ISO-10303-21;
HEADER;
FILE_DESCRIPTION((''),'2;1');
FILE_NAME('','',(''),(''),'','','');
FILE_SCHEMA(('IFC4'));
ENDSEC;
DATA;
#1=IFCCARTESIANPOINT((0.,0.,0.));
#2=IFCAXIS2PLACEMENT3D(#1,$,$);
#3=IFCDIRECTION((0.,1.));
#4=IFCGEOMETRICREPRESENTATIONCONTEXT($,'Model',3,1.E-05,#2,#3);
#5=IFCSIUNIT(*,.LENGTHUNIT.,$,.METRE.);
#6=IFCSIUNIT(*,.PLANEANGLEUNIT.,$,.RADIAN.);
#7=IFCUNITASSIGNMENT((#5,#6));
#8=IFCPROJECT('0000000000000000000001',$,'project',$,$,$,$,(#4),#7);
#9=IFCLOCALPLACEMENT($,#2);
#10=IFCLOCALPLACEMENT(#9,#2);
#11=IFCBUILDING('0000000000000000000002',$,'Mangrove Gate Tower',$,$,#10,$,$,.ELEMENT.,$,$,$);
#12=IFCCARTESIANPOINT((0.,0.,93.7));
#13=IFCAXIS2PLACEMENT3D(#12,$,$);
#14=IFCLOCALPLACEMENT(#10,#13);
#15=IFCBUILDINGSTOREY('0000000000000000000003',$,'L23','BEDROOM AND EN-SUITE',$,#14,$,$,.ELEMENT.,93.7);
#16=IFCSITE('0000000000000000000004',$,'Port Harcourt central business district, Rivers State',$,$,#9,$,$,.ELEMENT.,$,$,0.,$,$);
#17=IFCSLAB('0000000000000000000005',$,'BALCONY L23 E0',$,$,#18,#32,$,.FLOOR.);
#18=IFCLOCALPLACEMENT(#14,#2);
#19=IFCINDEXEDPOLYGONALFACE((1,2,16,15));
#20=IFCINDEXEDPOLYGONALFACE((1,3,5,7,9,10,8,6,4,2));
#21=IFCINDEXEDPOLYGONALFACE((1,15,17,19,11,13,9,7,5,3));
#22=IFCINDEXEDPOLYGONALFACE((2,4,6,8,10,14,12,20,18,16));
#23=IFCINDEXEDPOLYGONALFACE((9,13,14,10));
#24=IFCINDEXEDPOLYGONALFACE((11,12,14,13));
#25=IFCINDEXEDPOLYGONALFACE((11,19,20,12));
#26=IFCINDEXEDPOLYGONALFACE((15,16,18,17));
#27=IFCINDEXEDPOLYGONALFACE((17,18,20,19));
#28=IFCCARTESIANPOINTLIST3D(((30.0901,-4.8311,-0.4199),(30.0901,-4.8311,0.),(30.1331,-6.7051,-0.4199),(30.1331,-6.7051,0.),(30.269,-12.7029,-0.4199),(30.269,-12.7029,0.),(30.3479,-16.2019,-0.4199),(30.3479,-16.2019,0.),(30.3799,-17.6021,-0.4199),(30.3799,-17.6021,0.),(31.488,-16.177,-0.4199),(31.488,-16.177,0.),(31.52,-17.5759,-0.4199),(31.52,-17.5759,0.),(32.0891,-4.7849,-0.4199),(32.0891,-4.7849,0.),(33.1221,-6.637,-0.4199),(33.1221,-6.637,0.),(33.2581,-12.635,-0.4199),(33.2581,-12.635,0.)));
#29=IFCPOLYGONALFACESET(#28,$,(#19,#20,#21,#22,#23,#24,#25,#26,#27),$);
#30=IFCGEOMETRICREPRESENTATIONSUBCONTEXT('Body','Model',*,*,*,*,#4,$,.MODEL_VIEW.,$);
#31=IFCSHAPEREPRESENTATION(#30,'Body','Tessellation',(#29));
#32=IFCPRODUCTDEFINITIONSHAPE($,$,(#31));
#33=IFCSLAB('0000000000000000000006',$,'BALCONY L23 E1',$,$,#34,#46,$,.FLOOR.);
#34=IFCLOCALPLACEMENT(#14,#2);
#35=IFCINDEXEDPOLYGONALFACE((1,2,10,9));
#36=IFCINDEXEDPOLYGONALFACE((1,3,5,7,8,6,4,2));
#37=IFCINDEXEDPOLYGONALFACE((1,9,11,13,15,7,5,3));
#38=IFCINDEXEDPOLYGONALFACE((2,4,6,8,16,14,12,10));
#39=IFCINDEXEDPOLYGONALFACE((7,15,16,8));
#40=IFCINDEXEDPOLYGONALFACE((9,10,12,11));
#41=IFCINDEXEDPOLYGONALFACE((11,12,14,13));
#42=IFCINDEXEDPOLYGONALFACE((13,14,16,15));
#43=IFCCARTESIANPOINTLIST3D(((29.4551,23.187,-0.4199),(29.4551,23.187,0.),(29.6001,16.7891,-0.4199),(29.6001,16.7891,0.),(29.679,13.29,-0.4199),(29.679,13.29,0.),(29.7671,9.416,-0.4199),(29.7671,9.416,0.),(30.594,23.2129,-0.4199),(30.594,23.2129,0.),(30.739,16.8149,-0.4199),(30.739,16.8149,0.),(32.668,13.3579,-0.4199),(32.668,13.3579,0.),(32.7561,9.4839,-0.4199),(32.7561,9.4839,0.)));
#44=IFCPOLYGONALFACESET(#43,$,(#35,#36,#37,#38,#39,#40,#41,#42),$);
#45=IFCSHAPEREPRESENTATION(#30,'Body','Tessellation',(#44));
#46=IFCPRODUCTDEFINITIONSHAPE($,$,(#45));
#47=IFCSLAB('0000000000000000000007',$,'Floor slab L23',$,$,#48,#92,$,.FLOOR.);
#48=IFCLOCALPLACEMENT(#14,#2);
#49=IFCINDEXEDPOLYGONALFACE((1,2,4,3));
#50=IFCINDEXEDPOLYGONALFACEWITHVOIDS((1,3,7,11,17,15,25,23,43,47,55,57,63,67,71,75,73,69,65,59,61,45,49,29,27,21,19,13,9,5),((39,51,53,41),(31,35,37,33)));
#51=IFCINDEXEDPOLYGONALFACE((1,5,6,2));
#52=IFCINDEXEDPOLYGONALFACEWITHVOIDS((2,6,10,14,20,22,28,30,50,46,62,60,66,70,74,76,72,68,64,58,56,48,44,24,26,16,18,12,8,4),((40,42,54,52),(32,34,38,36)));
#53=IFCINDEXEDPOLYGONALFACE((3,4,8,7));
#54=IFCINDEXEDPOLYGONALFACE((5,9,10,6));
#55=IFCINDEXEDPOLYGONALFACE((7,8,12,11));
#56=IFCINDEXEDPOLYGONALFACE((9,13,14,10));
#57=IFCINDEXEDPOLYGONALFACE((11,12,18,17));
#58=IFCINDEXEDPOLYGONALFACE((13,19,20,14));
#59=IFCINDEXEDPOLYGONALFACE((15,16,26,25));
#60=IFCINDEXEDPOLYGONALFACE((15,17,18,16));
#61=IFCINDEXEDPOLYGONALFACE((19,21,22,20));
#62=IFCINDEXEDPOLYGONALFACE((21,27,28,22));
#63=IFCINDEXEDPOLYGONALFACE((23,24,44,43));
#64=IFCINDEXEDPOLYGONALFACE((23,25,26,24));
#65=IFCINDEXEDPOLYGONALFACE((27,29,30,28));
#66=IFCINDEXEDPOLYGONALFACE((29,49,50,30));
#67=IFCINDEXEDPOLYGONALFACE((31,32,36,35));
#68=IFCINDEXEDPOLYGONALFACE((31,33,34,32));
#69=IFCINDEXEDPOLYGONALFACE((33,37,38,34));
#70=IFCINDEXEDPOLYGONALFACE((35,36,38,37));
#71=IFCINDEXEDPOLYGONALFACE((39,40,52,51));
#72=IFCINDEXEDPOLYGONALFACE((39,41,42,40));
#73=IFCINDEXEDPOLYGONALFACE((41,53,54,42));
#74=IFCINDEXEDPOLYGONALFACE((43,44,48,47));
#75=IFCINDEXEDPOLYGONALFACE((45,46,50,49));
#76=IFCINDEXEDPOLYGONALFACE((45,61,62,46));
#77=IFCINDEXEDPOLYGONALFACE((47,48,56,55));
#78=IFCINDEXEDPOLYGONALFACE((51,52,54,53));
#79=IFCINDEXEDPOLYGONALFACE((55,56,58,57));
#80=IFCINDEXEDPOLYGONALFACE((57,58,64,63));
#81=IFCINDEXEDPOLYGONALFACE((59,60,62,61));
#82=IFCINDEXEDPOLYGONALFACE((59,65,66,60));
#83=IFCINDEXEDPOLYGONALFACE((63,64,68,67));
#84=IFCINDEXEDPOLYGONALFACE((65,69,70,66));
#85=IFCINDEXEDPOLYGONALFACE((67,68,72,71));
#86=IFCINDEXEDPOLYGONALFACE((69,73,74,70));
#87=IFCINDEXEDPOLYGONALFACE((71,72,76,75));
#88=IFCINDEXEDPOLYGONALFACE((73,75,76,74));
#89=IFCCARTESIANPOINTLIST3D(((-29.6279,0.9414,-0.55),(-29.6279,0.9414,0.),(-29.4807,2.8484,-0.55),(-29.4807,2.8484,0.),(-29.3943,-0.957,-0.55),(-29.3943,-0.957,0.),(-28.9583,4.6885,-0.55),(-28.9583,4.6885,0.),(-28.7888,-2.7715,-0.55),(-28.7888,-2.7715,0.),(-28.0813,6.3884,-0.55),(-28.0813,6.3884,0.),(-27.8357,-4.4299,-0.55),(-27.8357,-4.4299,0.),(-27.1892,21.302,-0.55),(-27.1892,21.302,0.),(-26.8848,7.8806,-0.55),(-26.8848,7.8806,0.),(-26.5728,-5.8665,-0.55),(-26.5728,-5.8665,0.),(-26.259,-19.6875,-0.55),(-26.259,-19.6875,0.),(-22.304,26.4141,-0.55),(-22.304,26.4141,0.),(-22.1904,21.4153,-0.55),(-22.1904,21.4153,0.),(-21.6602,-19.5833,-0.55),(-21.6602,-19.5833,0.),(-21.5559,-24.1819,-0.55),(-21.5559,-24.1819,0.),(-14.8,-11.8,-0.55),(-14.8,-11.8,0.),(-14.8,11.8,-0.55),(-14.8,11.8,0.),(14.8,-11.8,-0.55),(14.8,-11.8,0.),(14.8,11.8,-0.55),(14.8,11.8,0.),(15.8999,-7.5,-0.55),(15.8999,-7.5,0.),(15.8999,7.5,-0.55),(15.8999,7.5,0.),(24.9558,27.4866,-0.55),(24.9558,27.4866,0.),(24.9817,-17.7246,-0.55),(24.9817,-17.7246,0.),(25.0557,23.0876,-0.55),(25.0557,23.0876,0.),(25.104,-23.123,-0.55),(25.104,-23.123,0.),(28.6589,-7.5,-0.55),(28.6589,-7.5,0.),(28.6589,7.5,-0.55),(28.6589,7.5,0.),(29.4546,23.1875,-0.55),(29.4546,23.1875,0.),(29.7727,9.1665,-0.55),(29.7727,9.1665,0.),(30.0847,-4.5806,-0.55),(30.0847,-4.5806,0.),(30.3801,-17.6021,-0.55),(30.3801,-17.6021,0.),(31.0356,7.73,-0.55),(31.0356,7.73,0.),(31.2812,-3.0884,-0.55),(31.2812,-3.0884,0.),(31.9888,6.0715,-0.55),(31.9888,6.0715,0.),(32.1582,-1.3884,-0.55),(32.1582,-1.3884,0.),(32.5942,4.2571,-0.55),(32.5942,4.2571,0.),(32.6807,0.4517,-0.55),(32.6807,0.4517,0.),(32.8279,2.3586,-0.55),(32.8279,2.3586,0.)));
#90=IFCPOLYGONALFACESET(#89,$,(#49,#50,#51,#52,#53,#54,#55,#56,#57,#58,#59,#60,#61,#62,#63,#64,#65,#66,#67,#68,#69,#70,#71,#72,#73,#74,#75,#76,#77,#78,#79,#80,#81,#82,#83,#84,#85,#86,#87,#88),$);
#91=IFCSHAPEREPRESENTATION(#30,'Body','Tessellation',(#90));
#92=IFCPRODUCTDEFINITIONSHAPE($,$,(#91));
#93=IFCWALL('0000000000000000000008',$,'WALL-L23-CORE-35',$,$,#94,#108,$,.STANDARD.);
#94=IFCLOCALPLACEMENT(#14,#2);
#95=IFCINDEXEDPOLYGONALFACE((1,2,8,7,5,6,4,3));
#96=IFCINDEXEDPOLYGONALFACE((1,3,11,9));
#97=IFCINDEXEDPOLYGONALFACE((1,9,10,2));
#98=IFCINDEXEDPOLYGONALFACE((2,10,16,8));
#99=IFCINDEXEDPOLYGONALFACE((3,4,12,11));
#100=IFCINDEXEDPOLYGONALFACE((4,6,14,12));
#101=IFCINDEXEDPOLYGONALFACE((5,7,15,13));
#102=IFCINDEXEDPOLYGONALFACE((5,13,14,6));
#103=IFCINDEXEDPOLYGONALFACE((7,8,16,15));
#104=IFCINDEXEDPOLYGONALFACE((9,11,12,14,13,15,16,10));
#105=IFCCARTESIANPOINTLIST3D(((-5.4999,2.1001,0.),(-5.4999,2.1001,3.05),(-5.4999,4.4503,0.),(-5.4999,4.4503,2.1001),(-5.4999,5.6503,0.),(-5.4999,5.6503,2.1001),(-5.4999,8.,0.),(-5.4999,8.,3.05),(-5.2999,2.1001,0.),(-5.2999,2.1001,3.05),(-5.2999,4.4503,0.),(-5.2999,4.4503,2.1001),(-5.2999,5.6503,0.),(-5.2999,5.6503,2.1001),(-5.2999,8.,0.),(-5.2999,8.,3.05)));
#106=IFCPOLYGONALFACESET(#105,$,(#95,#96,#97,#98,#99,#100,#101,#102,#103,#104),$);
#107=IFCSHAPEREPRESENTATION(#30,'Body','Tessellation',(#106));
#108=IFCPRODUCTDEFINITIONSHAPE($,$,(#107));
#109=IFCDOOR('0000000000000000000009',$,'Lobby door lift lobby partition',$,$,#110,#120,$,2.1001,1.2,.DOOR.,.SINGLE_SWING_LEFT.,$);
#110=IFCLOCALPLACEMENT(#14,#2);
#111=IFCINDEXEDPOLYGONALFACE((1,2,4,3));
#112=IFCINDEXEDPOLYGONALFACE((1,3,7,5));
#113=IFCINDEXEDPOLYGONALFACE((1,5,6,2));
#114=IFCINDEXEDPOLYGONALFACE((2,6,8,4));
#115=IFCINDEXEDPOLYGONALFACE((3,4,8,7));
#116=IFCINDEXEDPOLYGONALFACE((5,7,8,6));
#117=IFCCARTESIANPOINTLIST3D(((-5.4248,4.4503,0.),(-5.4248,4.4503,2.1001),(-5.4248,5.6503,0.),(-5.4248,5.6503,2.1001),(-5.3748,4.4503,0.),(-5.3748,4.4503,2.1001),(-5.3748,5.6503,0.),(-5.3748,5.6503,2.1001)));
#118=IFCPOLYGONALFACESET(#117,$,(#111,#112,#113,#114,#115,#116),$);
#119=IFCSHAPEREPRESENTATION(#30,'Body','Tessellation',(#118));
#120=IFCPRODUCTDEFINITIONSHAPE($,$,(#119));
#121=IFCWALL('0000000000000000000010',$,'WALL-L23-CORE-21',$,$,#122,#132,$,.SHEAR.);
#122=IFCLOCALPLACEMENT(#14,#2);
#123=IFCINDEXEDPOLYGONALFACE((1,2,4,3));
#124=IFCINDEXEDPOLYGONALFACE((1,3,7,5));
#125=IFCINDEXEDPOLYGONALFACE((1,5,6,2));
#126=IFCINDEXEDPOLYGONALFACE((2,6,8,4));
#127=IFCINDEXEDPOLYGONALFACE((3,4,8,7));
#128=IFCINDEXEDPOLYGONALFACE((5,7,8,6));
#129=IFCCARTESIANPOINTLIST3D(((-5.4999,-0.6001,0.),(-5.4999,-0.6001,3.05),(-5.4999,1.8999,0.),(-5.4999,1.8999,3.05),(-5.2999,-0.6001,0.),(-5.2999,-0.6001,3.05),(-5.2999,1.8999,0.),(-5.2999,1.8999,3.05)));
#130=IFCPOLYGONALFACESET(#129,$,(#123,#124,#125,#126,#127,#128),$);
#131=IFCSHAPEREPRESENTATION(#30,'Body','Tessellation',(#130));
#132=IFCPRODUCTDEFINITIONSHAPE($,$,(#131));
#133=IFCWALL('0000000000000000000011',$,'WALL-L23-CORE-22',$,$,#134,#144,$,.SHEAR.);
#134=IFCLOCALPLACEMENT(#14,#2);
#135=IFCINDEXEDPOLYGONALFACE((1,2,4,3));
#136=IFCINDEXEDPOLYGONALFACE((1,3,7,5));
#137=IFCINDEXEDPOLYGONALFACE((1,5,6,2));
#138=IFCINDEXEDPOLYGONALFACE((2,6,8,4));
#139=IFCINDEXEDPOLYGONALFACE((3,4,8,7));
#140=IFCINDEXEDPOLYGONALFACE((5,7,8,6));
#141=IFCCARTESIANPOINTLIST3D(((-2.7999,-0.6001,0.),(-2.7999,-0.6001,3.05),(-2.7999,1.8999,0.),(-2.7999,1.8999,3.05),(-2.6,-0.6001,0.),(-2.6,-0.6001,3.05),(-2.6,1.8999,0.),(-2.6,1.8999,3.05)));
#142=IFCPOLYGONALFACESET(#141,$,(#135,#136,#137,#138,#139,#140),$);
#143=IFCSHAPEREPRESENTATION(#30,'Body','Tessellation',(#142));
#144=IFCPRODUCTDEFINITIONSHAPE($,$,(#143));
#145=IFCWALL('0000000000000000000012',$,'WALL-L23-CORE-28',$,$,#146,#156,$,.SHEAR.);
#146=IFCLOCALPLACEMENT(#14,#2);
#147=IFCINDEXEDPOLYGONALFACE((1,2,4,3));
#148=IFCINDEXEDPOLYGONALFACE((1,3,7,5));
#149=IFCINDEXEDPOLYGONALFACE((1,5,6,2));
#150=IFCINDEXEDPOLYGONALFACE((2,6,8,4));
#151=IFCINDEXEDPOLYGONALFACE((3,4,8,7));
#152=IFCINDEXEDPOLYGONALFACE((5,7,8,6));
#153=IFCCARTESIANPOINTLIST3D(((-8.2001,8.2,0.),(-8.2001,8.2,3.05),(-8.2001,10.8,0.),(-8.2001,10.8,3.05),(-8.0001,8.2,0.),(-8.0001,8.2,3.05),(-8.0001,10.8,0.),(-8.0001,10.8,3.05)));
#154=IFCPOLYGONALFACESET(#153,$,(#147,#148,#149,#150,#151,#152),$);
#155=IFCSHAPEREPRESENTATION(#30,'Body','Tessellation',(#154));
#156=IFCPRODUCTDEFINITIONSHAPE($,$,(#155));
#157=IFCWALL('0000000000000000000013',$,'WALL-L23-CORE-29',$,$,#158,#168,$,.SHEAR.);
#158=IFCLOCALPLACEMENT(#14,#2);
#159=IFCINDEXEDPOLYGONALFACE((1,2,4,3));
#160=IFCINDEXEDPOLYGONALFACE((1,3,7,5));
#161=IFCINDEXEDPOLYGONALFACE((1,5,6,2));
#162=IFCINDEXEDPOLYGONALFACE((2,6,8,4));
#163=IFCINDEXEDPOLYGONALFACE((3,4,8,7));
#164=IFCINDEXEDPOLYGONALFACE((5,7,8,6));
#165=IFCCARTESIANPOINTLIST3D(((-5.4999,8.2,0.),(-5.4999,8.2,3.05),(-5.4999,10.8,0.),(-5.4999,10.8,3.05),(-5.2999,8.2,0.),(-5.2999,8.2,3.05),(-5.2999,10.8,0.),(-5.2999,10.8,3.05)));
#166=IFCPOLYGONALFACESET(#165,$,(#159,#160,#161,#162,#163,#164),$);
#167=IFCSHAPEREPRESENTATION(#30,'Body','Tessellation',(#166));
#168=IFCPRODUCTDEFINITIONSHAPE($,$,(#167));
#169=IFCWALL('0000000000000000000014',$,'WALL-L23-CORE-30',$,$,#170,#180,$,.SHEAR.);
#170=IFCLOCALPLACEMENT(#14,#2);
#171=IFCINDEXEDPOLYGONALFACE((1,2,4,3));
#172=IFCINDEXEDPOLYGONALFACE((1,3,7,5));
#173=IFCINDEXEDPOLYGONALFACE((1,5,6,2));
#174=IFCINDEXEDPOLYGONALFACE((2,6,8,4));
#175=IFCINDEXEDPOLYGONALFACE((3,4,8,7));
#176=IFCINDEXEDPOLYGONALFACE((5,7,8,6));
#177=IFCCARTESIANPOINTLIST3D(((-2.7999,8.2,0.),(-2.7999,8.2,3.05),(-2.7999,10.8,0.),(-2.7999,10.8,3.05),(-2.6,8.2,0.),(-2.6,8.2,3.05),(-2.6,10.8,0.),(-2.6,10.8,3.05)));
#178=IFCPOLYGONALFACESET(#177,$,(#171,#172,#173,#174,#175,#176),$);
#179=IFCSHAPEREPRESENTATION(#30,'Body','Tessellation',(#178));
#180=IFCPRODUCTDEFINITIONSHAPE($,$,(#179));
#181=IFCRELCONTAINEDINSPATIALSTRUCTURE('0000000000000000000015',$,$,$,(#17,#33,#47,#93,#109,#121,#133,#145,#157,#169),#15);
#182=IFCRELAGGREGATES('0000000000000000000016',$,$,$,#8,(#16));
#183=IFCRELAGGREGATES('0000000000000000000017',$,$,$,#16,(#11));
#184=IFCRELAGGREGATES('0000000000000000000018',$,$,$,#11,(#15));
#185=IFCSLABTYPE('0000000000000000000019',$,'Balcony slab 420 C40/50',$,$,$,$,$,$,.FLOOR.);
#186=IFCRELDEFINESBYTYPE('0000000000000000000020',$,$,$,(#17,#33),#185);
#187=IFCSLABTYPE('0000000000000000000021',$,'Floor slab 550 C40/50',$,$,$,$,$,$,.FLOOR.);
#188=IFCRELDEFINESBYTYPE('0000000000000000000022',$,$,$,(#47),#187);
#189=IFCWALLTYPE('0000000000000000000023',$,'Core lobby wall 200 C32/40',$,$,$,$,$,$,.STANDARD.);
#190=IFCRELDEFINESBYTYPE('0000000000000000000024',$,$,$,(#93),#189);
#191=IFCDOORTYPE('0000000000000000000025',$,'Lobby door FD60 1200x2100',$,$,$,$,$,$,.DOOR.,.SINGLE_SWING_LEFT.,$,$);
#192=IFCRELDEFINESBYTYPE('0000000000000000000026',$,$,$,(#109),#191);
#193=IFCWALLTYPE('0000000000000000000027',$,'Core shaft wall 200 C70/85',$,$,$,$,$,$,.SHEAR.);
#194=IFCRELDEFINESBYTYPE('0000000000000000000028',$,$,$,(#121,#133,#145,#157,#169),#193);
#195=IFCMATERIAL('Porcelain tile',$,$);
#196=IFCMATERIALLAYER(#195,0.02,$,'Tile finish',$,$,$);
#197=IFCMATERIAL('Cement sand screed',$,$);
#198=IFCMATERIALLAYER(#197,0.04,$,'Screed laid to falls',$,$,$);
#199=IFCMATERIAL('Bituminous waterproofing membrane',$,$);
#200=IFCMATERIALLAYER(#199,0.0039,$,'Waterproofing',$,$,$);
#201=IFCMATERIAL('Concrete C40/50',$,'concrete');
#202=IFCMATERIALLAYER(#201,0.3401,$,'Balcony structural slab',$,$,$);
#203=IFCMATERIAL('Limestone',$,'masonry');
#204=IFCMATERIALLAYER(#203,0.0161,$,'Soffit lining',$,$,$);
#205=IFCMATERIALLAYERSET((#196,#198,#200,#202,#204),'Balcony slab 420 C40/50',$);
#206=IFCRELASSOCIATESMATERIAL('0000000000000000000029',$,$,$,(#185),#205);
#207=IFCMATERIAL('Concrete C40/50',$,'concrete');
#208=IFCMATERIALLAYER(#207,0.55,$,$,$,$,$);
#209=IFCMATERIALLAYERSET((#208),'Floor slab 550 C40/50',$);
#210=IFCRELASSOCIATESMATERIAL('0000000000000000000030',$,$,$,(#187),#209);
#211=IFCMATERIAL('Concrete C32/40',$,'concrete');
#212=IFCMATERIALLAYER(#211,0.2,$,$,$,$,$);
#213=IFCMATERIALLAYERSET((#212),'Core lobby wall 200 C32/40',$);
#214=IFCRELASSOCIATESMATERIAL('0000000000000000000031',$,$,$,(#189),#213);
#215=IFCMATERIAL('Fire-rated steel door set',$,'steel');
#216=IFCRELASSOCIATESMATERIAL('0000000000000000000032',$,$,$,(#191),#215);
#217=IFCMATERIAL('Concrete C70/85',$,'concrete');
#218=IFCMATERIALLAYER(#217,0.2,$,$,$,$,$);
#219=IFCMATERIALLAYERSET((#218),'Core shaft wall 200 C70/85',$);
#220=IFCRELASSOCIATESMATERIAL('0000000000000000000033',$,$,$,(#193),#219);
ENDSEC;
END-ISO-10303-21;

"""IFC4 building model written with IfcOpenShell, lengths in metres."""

from ifc_helpers import new_model, si_unit, direction, frame, frame_2d, origin, place, context, subcontext, project, spatial, polyline, rectangle, outline, extrude, material, layer, layer_set, type_object, element, fill, save


model = new_model("IFC4")

# Units and contexts
model_context = context("Model", 3, precision=1e-05, world=origin(), true_north=direction((0.0, 1.0)))
body_context = subcontext(model_context, "Body", "Model", "MODEL_VIEW")
ifc_project = project(units=[si_unit("LENGTHUNIT", "METRE"), si_unit("PLANEANGLEUNIT", "RADIAN")], contexts=[model_context])

# Site, building, storey
site_placement = place(None, origin())
site = spatial("IfcSite", under=ifc_project, at=site_placement, Name="Port Harcourt central business district, Rivers State", CompositionType="ELEMENT", RefElevation=0.0)
building_placement = place(site_placement, origin())
building = spatial("IfcBuilding", under=site, at=building_placement, Name="Mangrove Gate Tower", CompositionType="ELEMENT")
storey_placement = place(building_placement, frame((0.0, 0.0, 93.7)))
storey = spatial("IfcBuildingStorey", under=building, at=storey_placement, Name="L23", Description="BEDROOM AND EN-SUITE", CompositionType="ELEMENT", Elevation=93.7)

# Slabs
ifc_material_1 = material(Name="Porcelain tile")
ifc_layer_1 = layer(ifc_material_1, 0.02, Name="Tile finish")
ifc_material_2 = material(Name="Cement sand screed")
ifc_layer_2 = layer(ifc_material_2, 0.04, Name="Screed laid to falls")
ifc_material_3 = material(Name="Bituminous waterproofing membrane")
ifc_layer_3 = layer(ifc_material_3, 0.0039, Name="Waterproofing")
ifc_material_4 = material(Name="Concrete C40/50", Category="concrete")
ifc_layer_4 = layer(ifc_material_4, 0.3401, Name="Balcony structural slab")
ifc_material_5 = material(Name="Limestone", Category="masonry")
ifc_layer_5 = layer(ifc_material_5, 0.0161, Name="Soffit lining")
ifc_layer_set_1 = layer_set([ifc_layer_1, ifc_layer_2, ifc_layer_3, ifc_layer_4, ifc_layer_5], Name="Balcony slab 420 C40/50")
slab_type_1 = type_object("IfcSlabType", Name="Balcony slab 420 C40/50", PredefinedType="FLOOR", material=ifc_layer_set_1)
slab_1_placement = place(storey_placement, frame((0.0, 0.0, -0.4199)))
element("IfcSlab", 1, at=slab_1_placement, inside=storey, type_object=slab_type_1, Name="BALCONY L23 E0", PredefinedType="FLOOR", context=body_context, shape_type="SweptSolid", body=[
    extrude(outline(polyline([(31.52, -17.5759), (31.488, -16.177), (33.2581, -12.635), (33.1221, -6.637), (32.0891, -4.7849), (30.0901, -4.8311), (30.1331, -6.7051), (30.269, -12.7029), (30.3479, -16.2019), (30.3799, -17.6021), (31.52, -17.5759)])), origin(), (0.0, 0.0, 1.0), 0.4199),
])
slab_2_placement = place(storey_placement, frame((0.0, 0.0, -0.4199)))
element("IfcSlab", 2, at=slab_2_placement, inside=storey, type_object=slab_type_1, Name="BALCONY L23 E1", PredefinedType="FLOOR", context=body_context, shape_type="SweptSolid", body=[
    extrude(outline(polyline([(32.7561, 9.4839), (32.668, 13.3579), (30.739, 16.8149), (30.594, 23.2129), (29.4551, 23.187), (29.6001, 16.7891), (29.679, 13.29), (29.7671, 9.416), (32.7561, 9.4839)])), origin(), (0.0, 0.0, 1.0), 0.4199),
])
ifc_material_6 = material(Name="Concrete C40/50", Category="concrete")
ifc_layer_6 = layer(ifc_material_6, 0.55)
ifc_layer_set_2 = layer_set([ifc_layer_6], Name="Floor slab 550 C40/50")
slab_type_2 = type_object("IfcSlabType", Name="Floor slab 550 C40/50", PredefinedType="FLOOR", material=ifc_layer_set_2)
slab_3_placement = place(storey_placement, frame((0.0, 0.0, -0.55)))
element("IfcSlab", 3, at=slab_3_placement, inside=storey, type_object=slab_type_2, Name="Floor slab L23", PredefinedType="FLOOR", context=body_context, shape_type="SweptSolid", body=[
    extrude(outline(polyline([(-21.5559, -24.1819), (25.104, -23.123), (24.9817, -17.7246), (30.3801, -17.6021), (30.0847, -4.5806), (31.2812, -3.0884), (32.1582, -1.3884), (32.6807, 0.4517), (32.8279, 2.3586), (32.5942, 4.2571), (31.9888, 6.0715), (31.0356, 7.73), (29.7727, 9.1665), (29.4546, 23.1875), (25.0557, 23.0876), (24.9558, 27.4866), (-22.304, 26.4141), (-22.1904, 21.4153), (-27.1892, 21.302), (-26.8848, 7.8806), (-28.0813, 6.3884), (-28.9583, 4.6885), (-29.4807, 2.8484), (-29.6279, 0.9414), (-29.3943, -0.957), (-28.7888, -2.7715), (-27.8357, -4.4299), (-26.5728, -5.8665), (-26.259, -19.6875), (-21.6602, -19.5833), (-21.5559, -24.1819)]), holes=[polyline([(15.8999, 7.5), (28.6589, 7.5), (28.6589, -7.5), (15.8999, -7.5), (15.8999, 7.5)]), polyline([(-14.8, -11.8), (-14.8, 11.8), (14.8, 11.8), (14.8, -11.8), (-14.8, -11.8)])]), origin(), (0.0, 0.0, 1.0), 0.55),
])

# Wall, opening, door
ifc_material_7 = material(Name="Concrete C32/40", Category="concrete")
ifc_layer_7 = layer(ifc_material_7, 0.2)
ifc_layer_set_3 = layer_set([ifc_layer_7], Name="Core lobby wall 200 C32/40")
wall_type_1 = type_object("IfcWallType", Name="Core lobby wall 200 C32/40", PredefinedType="STANDARD", material=ifc_layer_set_3)
wall_placement = place(storey_placement, frame((-5.3999, 2.1001, 0.0), z_axis=(0.0, 0.0, 1.0), x_axis=(0.0, 1.0, 0.0)))
wall = element("IfcWall", 4, at=wall_placement, inside=storey, type_object=wall_type_1, Name="WALL-L23-CORE-35", PredefinedType="STANDARD", context=body_context, shape_type="SweptSolid", body=[
    extrude(rectangle(XDim=5.8999, YDim=0.2, at=frame_2d((2.95, 0.0))), origin(), (0.0, 0.0, 1.0), 3.05),
])
opening_placement = place(wall_placement, frame((2.3501, 0.0, 0.0)))
opening = element("IfcOpeningElement", 5, at=opening_placement, cuts=wall, PredefinedType="OPENING", context=body_context, shape_type="SweptSolid", body=[
    extrude(rectangle(XDim=1.2, YDim=2.1001, at=frame_2d((0.6001, 1.05))), frame((0.0, 0.1099, 0.0), z_axis=(0.0, -1.0, 0.0), x_axis=(1.0, 0.0, 0.0)), (0.0, 0.0, 1.0), 0.22),
])
ifc_material_8 = material(Name="Fire-rated steel door set", Category="steel")
door_type = type_object("IfcDoorType", Name="Lobby door FD60 1200x2100", OperationType="SINGLE_SWING_LEFT", PredefinedType="DOOR", material=ifc_material_8)
door_placement = place(opening_placement, origin())
door = element("IfcDoor", 6, at=door_placement, inside=storey, type_object=door_type, Name="Lobby door lift lobby partition", OperationType="SINGLE_SWING_LEFT", OverallHeight=2.1001, OverallWidth=1.2, PredefinedType="DOOR", context=body_context, shape_type="SweptSolid", body=[
    extrude(rectangle(XDim=1.2, YDim=2.1001, at=frame_2d((0.6001, 1.05))), frame((0.0, 0.0249, 0.0), z_axis=(0.0, -1.0, 0.0), x_axis=(1.0, 0.0, 0.0)), (0.0, 0.0, 1.0), 0.05),
])
fill(opening, door)

# Walls
ifc_material_9 = material(Name="Concrete C70/85", Category="concrete")
ifc_layer_8 = layer(ifc_material_9, 0.2)
ifc_layer_set_4 = layer_set([ifc_layer_8], Name="Core shaft wall 200 C70/85")
wall_type_2 = type_object("IfcWallType", Name="Core shaft wall 200 C70/85", PredefinedType="SHEAR", material=ifc_layer_set_4)
for number, where, z_axis, x_axis, name in (
    (7, (-5.3999, -0.6001, 0.0), (0.0, 0.0, 1.0), (0.0, 1.0, 0.0), "WALL-L23-CORE-21"),
    (8, (-2.7, -0.6001, 0.0), (0.0, 0.0, 1.0), (0.0, 1.0, 0.0), "WALL-L23-CORE-22"),
):
    element("IfcWall", number, at=place(storey_placement, frame(where, z_axis=z_axis, x_axis=x_axis)), inside=storey, type_object=wall_type_2, Name=name, PredefinedType="SHEAR", context=body_context, shape_type="SweptSolid", body=[
        extrude(rectangle(XDim=2.5, YDim=0.2, at=frame_2d((1.25, 0.0))), origin(), (0.0, 0.0, 1.0), 3.05),
    ])
for number, where, z_axis, x_axis, name in (
    (9, (-8.1001, 8.2, 0.0), (0.0, 0.0, 1.0), (0.0, 1.0, 0.0), "WALL-L23-CORE-28"),
    (10, (-5.3999, 8.2, 0.0), (0.0, 0.0, 1.0), (0.0, 1.0, 0.0), "WALL-L23-CORE-29"),
    (11, (-2.7, 8.2, 0.0), (0.0, 0.0, 1.0), (0.0, 1.0, 0.0), "WALL-L23-CORE-30"),
):
    element("IfcWall", number, at=place(storey_placement, frame(where, z_axis=z_axis, x_axis=x_axis)), inside=storey, type_object=wall_type_2, Name=name, PredefinedType="SHEAR", context=body_context, shape_type="SweptSolid", body=[
        extrude(rectangle(XDim=2.6001, YDim=0.2, at=frame_2d((1.3, 0.0))), origin(), (0.0, 0.0, 1.0), 3.05),
    ])

save(model, "model.ifc")
